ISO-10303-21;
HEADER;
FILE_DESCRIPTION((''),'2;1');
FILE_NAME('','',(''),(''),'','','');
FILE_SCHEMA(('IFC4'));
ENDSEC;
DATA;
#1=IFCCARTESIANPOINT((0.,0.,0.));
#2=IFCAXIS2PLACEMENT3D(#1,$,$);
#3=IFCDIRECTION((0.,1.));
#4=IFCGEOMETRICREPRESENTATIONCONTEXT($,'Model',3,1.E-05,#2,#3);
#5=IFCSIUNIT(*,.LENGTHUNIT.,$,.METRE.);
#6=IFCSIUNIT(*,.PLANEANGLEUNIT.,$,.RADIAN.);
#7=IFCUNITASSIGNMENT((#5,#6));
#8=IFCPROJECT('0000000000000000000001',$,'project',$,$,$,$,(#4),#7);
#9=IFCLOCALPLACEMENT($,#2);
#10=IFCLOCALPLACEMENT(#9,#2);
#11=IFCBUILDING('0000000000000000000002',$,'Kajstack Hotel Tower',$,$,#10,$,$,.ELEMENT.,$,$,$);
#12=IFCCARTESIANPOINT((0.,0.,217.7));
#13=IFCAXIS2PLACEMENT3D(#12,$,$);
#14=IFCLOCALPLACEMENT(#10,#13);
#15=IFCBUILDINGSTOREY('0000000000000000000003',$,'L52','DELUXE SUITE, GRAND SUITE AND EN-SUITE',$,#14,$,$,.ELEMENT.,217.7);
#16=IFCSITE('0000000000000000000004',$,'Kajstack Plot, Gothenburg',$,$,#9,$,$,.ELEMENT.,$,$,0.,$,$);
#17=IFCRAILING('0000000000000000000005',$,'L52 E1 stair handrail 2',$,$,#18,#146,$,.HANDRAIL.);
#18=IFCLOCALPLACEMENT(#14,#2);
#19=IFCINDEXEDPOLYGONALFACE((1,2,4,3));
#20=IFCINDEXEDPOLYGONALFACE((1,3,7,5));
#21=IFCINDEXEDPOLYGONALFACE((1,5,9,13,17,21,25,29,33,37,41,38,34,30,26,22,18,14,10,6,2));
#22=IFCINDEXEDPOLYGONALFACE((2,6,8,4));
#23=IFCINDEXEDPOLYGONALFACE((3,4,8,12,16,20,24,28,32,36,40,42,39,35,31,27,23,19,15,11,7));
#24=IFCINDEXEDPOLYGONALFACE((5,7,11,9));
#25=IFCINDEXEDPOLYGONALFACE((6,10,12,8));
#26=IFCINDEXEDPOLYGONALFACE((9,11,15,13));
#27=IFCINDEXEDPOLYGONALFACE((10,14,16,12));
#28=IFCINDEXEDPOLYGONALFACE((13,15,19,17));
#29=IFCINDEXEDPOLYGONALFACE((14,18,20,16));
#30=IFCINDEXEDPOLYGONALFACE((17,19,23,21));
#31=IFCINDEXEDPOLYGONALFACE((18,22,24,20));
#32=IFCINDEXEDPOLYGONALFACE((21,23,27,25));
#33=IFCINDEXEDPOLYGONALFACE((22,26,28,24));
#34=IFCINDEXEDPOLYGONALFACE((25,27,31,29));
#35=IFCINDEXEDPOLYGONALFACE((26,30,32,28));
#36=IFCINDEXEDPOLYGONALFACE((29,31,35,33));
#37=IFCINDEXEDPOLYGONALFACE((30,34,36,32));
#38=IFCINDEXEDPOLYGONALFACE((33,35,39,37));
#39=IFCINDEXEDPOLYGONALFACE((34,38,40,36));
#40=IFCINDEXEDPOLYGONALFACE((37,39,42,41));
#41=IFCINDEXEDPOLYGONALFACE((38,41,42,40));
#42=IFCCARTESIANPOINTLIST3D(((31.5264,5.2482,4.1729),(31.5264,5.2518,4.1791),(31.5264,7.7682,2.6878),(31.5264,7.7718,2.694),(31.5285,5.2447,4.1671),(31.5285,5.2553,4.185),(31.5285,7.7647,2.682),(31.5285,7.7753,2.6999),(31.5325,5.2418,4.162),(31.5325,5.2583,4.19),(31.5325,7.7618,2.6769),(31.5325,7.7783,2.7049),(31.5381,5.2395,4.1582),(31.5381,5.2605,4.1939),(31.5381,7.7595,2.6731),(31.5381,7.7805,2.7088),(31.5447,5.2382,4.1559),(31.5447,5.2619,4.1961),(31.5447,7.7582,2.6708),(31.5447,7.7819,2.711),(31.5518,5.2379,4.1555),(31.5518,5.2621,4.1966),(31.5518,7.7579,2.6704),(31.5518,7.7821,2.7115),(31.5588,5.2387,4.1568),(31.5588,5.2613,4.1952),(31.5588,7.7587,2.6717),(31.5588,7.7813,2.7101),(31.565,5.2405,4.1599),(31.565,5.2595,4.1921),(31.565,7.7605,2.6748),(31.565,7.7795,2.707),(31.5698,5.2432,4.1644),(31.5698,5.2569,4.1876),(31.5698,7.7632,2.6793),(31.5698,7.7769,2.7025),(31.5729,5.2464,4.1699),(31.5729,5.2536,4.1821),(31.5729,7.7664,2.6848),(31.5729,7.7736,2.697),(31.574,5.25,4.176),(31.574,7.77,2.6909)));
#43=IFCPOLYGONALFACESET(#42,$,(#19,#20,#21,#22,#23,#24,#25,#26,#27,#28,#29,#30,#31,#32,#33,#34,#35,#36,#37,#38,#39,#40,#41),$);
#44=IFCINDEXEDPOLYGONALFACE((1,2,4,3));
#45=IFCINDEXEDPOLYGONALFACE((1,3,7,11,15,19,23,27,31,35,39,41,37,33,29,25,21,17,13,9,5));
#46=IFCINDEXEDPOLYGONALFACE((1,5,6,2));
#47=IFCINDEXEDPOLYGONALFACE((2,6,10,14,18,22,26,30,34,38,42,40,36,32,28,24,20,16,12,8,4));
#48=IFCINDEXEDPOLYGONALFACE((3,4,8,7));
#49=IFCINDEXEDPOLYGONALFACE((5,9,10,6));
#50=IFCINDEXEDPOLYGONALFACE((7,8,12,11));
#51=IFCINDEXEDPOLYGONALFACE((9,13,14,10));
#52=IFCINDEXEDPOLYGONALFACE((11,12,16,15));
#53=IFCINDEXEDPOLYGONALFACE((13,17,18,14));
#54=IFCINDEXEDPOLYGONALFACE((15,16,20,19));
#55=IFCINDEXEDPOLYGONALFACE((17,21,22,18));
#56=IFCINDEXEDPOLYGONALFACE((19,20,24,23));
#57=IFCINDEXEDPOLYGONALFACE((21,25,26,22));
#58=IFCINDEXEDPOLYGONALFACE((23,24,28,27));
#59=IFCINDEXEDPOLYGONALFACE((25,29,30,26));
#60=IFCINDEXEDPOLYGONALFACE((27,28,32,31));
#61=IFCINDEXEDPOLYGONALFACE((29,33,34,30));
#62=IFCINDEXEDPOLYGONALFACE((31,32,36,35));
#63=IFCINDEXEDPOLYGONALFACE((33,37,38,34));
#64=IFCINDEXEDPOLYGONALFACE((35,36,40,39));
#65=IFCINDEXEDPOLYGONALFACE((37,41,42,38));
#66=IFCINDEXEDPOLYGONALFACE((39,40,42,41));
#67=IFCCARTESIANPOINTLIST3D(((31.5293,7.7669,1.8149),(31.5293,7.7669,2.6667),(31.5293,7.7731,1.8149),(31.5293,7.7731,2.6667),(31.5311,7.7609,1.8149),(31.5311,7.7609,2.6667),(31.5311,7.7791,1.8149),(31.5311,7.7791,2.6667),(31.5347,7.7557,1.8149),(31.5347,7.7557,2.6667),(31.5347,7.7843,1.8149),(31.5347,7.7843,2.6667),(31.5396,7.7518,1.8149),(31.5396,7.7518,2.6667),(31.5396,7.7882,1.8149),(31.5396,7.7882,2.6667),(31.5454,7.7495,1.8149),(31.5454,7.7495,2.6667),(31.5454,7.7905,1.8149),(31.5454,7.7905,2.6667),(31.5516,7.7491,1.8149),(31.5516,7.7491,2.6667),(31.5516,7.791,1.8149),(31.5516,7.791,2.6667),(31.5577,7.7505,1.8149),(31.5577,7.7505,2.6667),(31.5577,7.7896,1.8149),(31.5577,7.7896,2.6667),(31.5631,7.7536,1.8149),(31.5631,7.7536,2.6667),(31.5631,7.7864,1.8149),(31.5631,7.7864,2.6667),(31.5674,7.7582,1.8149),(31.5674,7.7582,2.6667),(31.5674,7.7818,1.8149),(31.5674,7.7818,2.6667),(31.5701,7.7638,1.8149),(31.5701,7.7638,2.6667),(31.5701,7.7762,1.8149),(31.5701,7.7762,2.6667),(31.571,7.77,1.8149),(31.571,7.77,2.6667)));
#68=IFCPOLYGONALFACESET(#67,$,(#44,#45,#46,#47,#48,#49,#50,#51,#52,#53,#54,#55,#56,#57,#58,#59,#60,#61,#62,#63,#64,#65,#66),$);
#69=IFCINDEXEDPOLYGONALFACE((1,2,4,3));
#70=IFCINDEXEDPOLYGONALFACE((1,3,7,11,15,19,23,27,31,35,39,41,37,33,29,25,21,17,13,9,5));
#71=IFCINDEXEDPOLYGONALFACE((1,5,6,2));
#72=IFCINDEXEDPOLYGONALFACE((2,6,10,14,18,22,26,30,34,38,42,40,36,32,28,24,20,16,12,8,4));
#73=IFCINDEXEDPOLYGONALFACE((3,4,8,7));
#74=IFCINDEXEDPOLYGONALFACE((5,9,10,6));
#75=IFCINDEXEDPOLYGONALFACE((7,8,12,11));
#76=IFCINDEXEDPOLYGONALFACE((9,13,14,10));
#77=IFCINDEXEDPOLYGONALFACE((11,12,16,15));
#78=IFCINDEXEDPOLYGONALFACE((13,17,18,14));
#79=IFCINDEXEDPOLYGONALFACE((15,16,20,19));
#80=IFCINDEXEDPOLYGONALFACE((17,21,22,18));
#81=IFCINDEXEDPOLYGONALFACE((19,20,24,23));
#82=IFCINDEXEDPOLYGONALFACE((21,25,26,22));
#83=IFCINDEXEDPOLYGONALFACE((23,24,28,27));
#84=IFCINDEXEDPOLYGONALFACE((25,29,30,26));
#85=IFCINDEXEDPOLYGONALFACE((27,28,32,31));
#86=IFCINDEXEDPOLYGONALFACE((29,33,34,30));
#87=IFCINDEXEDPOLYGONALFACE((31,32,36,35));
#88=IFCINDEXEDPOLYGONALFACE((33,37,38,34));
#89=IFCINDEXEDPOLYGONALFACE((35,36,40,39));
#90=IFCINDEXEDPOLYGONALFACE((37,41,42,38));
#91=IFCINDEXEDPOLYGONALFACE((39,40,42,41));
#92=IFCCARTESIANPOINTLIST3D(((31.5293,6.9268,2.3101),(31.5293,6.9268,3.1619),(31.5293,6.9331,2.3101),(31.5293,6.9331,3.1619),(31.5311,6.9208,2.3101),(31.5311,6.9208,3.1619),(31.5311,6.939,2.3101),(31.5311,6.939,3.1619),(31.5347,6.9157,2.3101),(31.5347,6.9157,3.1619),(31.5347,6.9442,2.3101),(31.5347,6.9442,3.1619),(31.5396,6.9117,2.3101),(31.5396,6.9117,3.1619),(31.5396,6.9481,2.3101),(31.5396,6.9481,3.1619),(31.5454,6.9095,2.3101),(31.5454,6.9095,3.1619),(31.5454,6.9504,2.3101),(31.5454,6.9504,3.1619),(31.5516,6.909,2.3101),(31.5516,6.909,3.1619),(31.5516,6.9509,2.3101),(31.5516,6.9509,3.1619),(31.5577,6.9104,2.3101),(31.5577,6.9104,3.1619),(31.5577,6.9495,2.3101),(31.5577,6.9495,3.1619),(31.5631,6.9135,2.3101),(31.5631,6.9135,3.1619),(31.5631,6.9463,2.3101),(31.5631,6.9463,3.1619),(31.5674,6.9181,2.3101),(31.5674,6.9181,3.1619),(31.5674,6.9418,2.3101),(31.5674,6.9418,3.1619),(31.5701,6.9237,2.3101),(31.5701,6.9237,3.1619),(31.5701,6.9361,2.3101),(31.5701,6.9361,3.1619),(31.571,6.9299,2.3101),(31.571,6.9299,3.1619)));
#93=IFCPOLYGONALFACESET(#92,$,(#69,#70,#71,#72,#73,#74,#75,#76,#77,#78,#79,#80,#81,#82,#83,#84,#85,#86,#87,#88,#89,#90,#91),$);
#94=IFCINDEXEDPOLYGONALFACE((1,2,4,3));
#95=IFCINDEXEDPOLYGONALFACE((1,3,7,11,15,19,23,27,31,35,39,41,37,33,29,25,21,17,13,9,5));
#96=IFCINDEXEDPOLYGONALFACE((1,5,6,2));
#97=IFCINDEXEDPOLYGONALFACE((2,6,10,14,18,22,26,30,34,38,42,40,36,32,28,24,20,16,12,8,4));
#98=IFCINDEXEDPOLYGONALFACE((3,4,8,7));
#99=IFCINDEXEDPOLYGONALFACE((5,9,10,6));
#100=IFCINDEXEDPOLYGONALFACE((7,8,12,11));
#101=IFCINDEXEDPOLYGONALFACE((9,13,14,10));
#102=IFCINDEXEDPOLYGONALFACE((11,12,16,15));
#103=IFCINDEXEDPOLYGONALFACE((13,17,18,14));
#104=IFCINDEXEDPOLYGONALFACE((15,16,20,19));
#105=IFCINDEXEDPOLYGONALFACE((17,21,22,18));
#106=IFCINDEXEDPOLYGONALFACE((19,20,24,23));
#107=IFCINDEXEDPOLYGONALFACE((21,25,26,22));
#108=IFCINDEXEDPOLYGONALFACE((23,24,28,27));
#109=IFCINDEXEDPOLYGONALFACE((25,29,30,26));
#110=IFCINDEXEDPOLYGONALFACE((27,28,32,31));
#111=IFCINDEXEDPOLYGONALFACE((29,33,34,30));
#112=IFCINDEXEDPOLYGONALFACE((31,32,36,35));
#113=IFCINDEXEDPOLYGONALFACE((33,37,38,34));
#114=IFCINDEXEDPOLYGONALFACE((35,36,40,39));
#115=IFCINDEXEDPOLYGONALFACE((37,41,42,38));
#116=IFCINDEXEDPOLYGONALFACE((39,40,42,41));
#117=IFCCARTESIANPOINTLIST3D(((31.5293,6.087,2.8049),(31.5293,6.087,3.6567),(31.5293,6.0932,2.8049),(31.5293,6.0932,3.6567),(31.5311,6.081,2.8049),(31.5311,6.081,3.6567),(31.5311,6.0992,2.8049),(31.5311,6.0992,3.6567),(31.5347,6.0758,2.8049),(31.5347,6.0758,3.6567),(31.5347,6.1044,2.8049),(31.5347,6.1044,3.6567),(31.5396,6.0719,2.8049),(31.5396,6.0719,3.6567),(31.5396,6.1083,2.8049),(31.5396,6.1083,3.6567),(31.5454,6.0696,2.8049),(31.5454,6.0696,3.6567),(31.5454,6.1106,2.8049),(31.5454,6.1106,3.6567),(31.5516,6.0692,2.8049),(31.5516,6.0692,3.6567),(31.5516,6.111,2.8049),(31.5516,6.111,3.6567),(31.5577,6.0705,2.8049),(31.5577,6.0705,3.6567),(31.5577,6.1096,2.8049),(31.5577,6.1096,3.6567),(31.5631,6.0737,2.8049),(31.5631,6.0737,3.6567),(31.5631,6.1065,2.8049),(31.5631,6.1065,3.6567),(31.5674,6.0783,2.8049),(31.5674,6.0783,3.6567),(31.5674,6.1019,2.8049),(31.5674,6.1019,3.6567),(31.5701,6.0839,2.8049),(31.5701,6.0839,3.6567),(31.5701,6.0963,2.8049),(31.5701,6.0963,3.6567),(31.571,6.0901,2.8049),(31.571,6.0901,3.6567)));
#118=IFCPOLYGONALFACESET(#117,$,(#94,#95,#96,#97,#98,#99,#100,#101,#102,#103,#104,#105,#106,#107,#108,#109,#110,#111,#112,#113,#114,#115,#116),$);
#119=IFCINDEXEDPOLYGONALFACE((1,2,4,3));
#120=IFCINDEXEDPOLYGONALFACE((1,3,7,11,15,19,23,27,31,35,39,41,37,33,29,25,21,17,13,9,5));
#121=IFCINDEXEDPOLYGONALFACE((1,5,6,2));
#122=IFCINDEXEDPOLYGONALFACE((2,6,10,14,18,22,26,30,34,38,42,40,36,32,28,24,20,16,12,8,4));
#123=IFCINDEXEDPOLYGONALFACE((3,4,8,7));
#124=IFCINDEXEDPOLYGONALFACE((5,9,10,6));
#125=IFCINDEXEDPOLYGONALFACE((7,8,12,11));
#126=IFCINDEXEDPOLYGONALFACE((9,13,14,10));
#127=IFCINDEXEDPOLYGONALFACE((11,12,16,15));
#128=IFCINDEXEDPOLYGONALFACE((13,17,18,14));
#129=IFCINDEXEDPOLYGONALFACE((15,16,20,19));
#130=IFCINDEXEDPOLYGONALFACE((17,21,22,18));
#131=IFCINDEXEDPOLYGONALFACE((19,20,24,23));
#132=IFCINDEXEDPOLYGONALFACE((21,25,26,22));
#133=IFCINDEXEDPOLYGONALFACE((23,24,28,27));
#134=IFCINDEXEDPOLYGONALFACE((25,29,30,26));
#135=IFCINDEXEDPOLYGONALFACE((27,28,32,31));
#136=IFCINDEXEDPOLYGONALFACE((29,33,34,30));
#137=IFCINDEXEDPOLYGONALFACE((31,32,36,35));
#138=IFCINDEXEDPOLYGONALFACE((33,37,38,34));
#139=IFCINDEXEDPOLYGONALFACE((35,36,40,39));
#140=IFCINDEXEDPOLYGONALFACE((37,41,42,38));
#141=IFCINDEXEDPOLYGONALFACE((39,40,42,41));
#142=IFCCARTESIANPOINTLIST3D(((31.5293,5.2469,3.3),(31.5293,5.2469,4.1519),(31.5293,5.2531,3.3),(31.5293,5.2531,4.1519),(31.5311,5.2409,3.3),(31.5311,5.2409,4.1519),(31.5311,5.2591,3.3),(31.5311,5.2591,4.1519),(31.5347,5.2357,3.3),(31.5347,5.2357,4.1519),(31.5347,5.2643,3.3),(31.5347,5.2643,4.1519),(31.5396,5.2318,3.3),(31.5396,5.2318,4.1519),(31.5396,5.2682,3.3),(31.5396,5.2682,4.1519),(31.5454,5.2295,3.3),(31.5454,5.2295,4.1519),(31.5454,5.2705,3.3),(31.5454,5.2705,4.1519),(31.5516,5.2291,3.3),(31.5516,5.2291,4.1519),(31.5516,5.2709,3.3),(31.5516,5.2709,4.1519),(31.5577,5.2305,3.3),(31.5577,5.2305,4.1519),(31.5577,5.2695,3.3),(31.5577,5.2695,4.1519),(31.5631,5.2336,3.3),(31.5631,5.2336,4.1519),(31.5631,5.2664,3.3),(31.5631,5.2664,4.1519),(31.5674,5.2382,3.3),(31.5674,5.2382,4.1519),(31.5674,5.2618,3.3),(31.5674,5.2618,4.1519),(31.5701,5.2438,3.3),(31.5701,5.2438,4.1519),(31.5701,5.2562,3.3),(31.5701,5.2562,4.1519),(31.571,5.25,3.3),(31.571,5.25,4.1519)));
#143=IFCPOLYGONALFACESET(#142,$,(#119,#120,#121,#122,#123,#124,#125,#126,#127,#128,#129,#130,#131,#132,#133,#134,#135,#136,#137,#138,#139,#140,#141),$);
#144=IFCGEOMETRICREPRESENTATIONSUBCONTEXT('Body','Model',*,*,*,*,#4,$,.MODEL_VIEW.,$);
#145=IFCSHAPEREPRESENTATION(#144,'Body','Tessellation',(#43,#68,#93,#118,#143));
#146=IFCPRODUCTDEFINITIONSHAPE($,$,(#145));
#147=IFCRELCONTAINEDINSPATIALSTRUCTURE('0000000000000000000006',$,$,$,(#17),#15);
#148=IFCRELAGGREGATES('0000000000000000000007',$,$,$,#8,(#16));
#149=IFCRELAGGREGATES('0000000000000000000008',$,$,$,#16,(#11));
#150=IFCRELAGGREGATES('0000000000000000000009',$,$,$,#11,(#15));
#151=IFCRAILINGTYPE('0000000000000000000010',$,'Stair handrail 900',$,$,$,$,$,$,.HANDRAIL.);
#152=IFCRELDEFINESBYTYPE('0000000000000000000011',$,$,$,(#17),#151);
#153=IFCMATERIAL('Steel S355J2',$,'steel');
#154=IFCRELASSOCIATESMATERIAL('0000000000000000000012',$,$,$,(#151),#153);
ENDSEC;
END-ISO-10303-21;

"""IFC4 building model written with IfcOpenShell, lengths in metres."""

from ifc_helpers import new_model, si_unit, direction, frame, origin, origin_2d, place, context, subcontext, project, spatial, circle, extrude, material, type_object, element, save


model = new_model("IFC4")

# Units and contexts
model_context = context("Model", 3, precision=1e-05, world=origin(), true_north=direction((0.0, 1.0)))
body_context = subcontext(model_context, "Body", "Model", "MODEL_VIEW")
ifc_project = project(units=[si_unit("LENGTHUNIT", "METRE"), si_unit("PLANEANGLEUNIT", "RADIAN")], contexts=[model_context])

# Site, building, storey
site_placement = place(None, origin())
site = spatial("IfcSite", under=ifc_project, at=site_placement, Name="Kajstack Plot, Gothenburg", CompositionType="ELEMENT", RefElevation=0.0)
building_placement = place(site_placement, origin())
building = spatial("IfcBuilding", under=site, at=building_placement, Name="Kajstack Hotel Tower", CompositionType="ELEMENT")
storey_placement = place(building_placement, frame((0.0, 0.0, 217.7)))
storey = spatial("IfcBuildingStorey", under=building, at=storey_placement, Name="L52", Description="DELUXE SUITE, GRAND SUITE AND EN-SUITE", CompositionType="ELEMENT", Elevation=217.7)

# Railing
ifc_material_1 = material(Name="Steel S355J2", Category="steel")
railing_type_1 = type_object("IfcRailingType", Name="Stair handrail 900", PredefinedType="HANDRAIL", material=ifc_material_1)
railing_1_placement = place(storey_placement, frame((31.55, 7.77, 1.8149)))
element("IfcRailing", 1, at=railing_1_placement, inside=storey, type_object=railing_type_1, Name="L52 E1 stair handrail 2", PredefinedType="HANDRAIL", context=body_context, shape_type="SweptSolid", body=[
    extrude(circle(Radius=0.0239, at=origin_2d()), frame((0.0, 0.0, 0.876), z_axis=(0.0, -0.861524, 0.507717), x_axis=(1.0, 0.0, 0.0)), (0.0, 0.0, 1.0), 2.925),
    extrude(circle(Radius=0.021, at=origin_2d()), origin(), (0.0, 0.0, 1.0), 0.8518),
    extrude(circle(Radius=0.021, at=origin_2d()), frame((0.0, -0.8401, 0.4951)), (0.0, 0.0, 1.0), 0.8518),
    extrude(circle(Radius=0.021, at=origin_2d()), frame((0.0, -1.6799, 0.99)), (0.0, 0.0, 1.0), 0.8518),
    extrude(circle(Radius=0.021, at=origin_2d()), frame((0.0, -2.52, 1.4851)), (0.0, 0.0, 1.0), 0.8518),
])

save(model, "model.ifc")
